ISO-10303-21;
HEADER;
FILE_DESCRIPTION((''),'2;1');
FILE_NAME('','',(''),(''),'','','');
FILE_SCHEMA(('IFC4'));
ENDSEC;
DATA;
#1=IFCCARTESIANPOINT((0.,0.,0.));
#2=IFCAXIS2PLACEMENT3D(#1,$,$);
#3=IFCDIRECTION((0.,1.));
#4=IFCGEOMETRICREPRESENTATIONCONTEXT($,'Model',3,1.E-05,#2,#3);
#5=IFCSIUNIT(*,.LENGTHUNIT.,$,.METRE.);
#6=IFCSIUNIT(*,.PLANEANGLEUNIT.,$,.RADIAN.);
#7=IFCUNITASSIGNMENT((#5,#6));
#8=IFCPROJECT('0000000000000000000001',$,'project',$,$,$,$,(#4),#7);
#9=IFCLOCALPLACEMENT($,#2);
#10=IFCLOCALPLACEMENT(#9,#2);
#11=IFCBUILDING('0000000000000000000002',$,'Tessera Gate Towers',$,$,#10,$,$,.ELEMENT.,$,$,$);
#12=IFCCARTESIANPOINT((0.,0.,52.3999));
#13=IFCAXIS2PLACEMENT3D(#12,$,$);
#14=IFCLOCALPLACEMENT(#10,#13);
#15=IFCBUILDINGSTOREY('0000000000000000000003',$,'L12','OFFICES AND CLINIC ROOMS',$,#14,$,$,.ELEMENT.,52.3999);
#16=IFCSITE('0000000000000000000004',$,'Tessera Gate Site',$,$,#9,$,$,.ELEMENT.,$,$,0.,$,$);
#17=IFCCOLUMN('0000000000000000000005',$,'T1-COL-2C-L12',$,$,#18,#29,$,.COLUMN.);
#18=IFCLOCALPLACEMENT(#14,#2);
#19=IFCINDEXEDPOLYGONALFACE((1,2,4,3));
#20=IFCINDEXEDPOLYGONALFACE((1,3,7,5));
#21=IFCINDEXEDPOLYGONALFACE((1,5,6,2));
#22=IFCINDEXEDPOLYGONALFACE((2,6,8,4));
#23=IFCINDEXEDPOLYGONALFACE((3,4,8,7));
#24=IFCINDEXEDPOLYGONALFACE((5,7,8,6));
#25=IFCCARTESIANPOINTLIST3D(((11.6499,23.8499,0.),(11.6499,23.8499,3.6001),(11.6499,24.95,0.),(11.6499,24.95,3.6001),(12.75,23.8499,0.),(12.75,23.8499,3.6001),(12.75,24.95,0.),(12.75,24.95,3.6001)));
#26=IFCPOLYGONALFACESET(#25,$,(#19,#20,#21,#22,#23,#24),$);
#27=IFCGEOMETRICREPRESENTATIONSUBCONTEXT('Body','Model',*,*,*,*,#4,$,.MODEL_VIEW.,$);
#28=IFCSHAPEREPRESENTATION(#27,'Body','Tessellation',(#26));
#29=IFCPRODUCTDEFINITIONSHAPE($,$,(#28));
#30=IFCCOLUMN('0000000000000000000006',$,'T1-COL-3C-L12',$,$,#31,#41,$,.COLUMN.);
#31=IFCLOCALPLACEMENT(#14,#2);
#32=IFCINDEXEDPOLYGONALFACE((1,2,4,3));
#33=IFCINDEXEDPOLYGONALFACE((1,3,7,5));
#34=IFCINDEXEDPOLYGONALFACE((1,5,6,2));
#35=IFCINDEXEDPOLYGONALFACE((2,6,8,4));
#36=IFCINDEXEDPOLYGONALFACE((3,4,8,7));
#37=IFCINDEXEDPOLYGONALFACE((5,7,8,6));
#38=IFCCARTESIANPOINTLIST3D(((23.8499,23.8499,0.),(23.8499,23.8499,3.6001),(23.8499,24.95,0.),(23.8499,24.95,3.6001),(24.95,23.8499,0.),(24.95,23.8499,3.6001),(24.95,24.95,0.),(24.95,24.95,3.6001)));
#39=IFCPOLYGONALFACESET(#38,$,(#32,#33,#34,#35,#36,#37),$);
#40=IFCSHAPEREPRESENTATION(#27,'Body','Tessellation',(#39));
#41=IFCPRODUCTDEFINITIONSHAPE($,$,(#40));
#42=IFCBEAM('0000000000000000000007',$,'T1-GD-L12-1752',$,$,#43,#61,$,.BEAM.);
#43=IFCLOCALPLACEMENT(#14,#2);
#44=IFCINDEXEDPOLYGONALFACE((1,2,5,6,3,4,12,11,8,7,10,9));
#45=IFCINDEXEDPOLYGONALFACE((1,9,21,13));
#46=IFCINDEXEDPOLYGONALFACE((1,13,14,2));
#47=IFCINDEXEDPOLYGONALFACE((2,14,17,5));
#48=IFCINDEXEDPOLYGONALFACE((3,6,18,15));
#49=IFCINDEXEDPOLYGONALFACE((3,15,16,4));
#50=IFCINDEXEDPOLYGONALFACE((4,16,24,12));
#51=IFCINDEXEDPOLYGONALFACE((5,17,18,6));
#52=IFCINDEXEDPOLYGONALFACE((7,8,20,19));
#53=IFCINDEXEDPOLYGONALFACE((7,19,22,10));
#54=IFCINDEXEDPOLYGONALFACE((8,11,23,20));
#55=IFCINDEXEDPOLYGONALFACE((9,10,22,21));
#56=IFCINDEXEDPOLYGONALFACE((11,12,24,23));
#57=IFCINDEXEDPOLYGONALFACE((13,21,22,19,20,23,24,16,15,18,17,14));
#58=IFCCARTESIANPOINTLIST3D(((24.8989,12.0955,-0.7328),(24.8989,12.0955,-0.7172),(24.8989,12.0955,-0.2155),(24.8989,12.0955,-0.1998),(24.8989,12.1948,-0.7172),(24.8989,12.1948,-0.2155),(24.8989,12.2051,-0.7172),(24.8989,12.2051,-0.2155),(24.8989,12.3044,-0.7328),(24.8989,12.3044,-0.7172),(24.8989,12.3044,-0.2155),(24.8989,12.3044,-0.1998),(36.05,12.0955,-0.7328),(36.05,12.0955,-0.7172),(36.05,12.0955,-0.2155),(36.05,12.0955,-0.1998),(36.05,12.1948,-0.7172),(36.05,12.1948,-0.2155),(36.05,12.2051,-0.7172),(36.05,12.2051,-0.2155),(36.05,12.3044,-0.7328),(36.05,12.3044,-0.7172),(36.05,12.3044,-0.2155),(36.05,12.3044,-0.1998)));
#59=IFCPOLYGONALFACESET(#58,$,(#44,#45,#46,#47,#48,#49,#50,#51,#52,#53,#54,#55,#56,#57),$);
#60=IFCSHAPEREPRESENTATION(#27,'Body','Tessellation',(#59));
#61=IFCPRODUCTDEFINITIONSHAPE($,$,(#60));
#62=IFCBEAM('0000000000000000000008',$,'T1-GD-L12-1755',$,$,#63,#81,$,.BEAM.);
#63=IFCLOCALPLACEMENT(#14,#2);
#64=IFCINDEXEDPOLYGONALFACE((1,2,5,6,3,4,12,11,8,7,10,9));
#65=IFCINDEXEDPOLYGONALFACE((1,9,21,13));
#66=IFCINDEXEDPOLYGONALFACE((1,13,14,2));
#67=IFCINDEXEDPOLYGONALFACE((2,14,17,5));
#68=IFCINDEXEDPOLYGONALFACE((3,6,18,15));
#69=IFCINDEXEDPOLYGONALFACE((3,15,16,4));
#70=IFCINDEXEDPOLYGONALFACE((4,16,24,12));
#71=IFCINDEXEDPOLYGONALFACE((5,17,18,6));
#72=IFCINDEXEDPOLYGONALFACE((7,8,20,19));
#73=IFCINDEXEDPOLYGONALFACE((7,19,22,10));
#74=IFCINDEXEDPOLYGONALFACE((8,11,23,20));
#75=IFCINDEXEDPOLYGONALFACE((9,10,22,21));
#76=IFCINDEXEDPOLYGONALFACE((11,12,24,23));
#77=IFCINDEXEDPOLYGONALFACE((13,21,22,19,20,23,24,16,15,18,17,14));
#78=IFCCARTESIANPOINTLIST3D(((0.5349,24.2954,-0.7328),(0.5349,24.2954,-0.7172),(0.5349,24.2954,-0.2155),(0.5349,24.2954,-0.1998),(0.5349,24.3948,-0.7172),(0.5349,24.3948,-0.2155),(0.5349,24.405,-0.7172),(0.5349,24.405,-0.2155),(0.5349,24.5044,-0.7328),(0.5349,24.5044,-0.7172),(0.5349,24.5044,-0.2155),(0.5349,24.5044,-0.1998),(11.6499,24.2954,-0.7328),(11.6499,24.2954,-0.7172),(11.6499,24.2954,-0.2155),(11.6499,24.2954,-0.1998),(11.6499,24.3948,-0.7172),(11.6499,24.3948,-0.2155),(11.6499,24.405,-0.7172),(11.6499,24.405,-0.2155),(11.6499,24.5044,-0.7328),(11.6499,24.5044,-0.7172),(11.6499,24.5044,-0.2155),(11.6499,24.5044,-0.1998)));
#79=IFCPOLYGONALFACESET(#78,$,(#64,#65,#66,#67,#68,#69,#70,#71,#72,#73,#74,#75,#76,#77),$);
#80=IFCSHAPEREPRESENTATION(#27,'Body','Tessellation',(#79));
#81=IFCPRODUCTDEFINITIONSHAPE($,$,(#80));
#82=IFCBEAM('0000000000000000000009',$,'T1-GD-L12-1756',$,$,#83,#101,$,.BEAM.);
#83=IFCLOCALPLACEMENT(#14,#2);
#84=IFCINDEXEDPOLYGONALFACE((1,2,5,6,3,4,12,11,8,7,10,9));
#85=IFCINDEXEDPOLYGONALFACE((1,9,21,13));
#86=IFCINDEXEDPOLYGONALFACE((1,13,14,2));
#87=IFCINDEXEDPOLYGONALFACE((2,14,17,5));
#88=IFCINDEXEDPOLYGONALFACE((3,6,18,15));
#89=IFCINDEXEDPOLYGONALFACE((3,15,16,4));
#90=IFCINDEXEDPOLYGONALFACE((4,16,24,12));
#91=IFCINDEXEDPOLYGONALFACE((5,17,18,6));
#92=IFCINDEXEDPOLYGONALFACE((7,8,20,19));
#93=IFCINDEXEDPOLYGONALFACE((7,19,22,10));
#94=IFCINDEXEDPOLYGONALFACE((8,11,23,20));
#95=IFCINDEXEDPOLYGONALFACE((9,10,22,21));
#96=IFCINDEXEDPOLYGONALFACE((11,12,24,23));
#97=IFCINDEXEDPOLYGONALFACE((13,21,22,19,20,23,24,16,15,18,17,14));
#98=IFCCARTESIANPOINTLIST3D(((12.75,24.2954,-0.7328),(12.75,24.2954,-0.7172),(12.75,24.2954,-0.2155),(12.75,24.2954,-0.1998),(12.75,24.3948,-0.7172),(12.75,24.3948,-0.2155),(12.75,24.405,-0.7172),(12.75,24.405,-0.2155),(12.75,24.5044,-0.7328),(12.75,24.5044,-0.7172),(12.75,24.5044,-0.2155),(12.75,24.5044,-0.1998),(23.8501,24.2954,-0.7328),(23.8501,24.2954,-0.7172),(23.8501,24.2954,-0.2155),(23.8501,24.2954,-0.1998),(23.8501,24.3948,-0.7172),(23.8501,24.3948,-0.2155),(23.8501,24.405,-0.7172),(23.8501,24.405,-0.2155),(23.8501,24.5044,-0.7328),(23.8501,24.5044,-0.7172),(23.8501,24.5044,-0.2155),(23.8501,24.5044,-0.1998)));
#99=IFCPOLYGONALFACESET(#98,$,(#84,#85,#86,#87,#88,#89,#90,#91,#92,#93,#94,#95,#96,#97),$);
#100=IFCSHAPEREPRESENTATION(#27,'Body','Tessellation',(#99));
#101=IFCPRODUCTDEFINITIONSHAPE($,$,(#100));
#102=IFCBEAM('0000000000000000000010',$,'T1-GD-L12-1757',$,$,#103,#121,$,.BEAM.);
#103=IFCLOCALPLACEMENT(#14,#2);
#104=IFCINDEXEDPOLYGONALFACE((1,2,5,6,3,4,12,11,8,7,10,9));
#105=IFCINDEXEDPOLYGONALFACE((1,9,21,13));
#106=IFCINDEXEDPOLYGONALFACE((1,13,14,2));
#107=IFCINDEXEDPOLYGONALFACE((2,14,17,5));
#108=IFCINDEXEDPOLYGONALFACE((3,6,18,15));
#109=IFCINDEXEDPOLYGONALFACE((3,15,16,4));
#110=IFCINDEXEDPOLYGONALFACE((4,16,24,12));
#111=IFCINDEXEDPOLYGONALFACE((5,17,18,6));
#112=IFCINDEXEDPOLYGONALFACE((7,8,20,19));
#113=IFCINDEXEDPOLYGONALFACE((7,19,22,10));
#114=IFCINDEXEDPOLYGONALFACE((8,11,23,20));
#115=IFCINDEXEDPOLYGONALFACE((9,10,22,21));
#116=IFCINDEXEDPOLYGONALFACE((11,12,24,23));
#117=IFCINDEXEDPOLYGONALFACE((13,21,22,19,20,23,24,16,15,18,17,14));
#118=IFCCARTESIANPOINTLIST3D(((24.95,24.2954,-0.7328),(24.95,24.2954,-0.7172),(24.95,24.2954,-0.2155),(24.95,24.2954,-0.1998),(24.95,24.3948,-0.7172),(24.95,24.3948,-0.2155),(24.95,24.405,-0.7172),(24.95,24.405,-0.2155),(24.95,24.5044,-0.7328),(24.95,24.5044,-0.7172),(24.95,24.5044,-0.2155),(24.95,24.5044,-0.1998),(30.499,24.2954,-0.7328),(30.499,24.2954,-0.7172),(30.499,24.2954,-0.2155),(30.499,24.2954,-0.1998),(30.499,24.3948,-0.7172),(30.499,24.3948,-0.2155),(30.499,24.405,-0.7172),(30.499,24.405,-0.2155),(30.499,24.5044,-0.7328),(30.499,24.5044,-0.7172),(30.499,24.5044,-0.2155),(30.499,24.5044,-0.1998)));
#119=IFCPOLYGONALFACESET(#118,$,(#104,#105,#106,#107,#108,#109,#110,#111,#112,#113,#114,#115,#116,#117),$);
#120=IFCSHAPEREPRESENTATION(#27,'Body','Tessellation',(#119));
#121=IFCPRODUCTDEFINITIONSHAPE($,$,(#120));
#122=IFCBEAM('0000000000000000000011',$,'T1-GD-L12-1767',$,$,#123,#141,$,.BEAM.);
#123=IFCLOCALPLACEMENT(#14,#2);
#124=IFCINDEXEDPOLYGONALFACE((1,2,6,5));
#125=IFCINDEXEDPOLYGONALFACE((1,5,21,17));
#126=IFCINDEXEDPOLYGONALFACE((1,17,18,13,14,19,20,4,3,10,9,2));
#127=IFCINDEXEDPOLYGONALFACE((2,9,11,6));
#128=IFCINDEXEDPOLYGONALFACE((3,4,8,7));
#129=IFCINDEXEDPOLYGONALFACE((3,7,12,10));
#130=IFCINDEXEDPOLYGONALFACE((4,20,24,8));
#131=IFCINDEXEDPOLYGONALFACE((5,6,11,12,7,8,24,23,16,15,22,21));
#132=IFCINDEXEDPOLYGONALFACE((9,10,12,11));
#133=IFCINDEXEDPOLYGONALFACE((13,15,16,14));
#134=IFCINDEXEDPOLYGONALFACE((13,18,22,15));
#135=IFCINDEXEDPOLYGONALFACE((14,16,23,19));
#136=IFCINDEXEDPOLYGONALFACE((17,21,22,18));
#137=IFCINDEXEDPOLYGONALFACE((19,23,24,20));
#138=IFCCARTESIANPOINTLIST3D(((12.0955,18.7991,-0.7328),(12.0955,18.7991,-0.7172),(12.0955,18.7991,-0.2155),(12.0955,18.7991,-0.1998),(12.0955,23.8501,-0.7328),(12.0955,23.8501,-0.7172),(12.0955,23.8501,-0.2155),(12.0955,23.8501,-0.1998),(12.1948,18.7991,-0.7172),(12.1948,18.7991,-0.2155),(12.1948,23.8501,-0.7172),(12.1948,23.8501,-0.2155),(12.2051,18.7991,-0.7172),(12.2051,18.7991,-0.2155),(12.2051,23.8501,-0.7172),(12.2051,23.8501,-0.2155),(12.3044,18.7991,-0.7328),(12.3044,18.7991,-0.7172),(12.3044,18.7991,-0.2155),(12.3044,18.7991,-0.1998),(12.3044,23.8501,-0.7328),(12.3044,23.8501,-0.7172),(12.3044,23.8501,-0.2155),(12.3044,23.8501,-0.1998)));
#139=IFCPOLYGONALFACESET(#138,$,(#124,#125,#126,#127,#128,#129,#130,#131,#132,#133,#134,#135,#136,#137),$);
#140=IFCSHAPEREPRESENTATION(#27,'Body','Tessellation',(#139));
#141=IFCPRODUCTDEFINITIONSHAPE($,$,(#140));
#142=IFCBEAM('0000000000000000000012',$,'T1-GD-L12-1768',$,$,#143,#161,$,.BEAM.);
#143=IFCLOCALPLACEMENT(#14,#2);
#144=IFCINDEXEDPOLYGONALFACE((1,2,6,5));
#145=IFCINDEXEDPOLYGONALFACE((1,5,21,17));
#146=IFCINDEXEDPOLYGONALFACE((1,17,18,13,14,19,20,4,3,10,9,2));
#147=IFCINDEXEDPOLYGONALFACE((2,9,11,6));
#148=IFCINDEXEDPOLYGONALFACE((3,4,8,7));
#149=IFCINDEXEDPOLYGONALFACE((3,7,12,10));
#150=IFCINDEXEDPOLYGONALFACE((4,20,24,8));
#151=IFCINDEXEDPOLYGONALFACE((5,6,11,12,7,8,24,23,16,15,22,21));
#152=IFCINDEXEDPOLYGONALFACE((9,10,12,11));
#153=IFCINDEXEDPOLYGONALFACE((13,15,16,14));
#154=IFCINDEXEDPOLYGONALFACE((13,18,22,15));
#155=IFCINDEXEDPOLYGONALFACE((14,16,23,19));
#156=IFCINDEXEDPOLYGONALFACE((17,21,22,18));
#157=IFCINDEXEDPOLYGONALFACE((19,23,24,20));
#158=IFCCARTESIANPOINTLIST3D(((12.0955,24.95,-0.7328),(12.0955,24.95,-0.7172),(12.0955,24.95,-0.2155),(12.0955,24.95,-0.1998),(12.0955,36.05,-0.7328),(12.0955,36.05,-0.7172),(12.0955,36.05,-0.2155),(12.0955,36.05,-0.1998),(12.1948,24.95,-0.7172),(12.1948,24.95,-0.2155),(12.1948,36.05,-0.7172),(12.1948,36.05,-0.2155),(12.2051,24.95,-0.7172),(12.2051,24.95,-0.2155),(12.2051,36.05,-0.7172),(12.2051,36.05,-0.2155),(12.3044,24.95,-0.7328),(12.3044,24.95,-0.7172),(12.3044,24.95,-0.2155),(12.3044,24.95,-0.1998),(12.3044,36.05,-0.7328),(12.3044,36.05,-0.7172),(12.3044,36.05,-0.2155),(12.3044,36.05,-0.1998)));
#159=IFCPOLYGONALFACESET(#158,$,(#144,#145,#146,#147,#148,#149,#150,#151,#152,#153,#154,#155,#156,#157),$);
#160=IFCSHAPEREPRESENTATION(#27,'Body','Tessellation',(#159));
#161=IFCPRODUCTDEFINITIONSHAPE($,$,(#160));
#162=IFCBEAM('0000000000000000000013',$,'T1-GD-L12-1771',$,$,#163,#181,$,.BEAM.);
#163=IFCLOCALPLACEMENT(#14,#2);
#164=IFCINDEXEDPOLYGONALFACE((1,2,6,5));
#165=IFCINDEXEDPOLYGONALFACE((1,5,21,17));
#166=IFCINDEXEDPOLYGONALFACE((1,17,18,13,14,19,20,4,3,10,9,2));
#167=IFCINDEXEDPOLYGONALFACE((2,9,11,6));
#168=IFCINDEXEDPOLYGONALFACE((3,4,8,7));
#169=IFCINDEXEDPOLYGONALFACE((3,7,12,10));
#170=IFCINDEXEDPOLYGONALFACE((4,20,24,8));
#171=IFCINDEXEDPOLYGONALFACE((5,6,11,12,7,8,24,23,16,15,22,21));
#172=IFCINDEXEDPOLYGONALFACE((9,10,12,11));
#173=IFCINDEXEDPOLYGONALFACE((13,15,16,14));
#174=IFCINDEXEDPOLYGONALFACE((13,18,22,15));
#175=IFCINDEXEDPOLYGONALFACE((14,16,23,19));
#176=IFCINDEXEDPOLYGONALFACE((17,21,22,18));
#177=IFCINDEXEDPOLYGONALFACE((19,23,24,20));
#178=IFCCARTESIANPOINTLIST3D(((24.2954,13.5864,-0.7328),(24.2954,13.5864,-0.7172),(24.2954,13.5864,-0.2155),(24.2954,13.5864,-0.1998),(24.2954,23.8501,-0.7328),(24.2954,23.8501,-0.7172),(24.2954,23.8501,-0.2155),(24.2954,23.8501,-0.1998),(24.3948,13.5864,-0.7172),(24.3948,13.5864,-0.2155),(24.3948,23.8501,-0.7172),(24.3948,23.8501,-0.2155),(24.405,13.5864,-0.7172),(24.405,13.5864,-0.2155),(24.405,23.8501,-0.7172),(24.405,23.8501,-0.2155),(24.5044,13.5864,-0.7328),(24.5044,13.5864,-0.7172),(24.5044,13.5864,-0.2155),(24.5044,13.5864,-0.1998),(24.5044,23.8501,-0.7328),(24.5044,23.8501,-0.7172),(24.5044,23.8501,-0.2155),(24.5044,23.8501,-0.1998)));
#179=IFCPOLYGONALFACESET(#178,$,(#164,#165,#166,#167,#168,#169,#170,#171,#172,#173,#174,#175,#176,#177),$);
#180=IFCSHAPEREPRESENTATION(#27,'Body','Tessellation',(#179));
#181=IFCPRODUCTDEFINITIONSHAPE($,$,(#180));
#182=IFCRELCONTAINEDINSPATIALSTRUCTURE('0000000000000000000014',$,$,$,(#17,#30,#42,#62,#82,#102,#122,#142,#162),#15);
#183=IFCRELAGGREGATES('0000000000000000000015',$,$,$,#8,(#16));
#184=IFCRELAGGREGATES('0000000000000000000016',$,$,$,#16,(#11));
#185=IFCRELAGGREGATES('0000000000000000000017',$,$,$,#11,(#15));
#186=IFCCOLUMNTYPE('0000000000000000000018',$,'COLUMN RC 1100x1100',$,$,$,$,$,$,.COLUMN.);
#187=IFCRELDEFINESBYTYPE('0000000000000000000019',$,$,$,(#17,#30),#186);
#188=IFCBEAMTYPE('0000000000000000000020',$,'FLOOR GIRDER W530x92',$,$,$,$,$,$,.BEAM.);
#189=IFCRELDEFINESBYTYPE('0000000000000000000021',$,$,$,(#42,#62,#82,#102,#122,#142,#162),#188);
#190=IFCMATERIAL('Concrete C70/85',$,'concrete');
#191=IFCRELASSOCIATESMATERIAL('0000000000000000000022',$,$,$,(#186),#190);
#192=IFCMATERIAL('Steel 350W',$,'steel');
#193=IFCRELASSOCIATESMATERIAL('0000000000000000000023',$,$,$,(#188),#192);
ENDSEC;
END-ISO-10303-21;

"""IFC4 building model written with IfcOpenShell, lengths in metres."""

from ifc_helpers import new_model, si_unit, direction, frame, origin, origin_2d, place, context, subcontext, project, spatial, rectangle, i_section, extrude, material, material_profile, profile_set, type_object, element, save


model = new_model("IFC4")

# Units and contexts
model_context = context("Model", 3, precision=1e-05, world=origin(), true_north=direction((0.0, 1.0)))
body_context = subcontext(model_context, "Body", "Model", "MODEL_VIEW")
ifc_project = project(units=[si_unit("LENGTHUNIT", "METRE"), si_unit("PLANEANGLEUNIT", "RADIAN")], contexts=[model_context])

# Site, building, storey
site_placement = place(None, origin())
site = spatial("IfcSite", under=ifc_project, at=site_placement, Name="Tessera Gate Site", CompositionType="ELEMENT", RefElevation=0.0)
building_placement = place(site_placement, origin())
building = spatial("IfcBuilding", under=site, at=building_placement, Name="Tessera Gate Towers", CompositionType="ELEMENT")
storey_placement = place(building_placement, frame((0.0, 0.0, 52.3999)))
storey = spatial("IfcBuildingStorey", under=building, at=storey_placement, Name="L12", Description="OFFICES AND CLINIC ROOMS", CompositionType="ELEMENT", Elevation=52.3999)

# Columns
ifc_material_1 = material(Name="Concrete C70/85", Category="concrete")
ifc_material_profile_1 = material_profile(ifc_material_1, rectangle(XDim=1.1001, YDim=1.1001, at=origin_2d()), Name="RC 1100x1100")
ifc_profile_set_1 = profile_set([ifc_material_profile_1], Name="Concrete C70/85")
column_type = type_object("IfcColumnType", Name="COLUMN RC 1100x1100", PredefinedType="COLUMN", material=ifc_profile_set_1)
for number, where, z_axis, x_axis, name in (
    (1, (12.2, 24.3999, 0.0), (0.0, 0.0, 1.0), (1.0, 0.0, 0.0), "T1-COL-2C-L12"),
    (2, (24.3999, 24.3999, 0.0), (0.0, 0.0, 1.0), (1.0, 0.0, 0.0), "T1-COL-3C-L12"),
):
    element("IfcColumn", number, at=place(storey_placement, frame(where, z_axis=z_axis, x_axis=x_axis)), inside=storey, type_object=column_type, Name=name, PredefinedType="COLUMN", context=body_context, shape_type="SweptSolid", body=[
        extrude(rectangle(XDim=1.1001, YDim=1.1001, at=origin_2d()), origin(), (0.0, 0.0, 1.0), 3.6001),
    ])

# Beams
ifc_material_2 = material(Name="Steel 350W", Category="steel")
ifc_material_profile_2 = material_profile(ifc_material_2, i_section(OverallWidth=0.209, OverallDepth=0.533, WebThickness=0.0103, FlangeThickness=0.0156, at=origin_2d()), Name="W530x92")
ifc_profile_set_2 = profile_set([ifc_material_profile_2], Name="Steel 350W")
beam_type_1 = type_object("IfcBeamType", Name="FLOOR GIRDER W530x92", PredefinedType="BEAM", material=ifc_profile_set_2)
beam_1_placement = place(storey_placement, frame((24.8989, 12.2, -0.4663), z_axis=(1.0, 0.0, 0.0), x_axis=(0.0, 1.0, 0.0)))
element("IfcBeam", 3, at=beam_1_placement, inside=storey, type_object=beam_type_1, Name="T1-GD-L12-1752", PredefinedType="BEAM", context=body_context, shape_type="SweptSolid", body=[
    extrude(i_section(OverallWidth=0.209, OverallDepth=0.533, WebThickness=0.0103, FlangeThickness=0.0156, at=origin_2d()), origin(), (0.0, 0.0, 1.0), 11.1511),
])
beam_2_placement = place(storey_placement, frame((0.5349, 24.3999, -0.4663), z_axis=(1.0, 0.0, 0.0), x_axis=(0.0, 1.0, 0.0)))
element("IfcBeam", 4, at=beam_2_placement, inside=storey, type_object=beam_type_1, Name="T1-GD-L12-1755", PredefinedType="BEAM", context=body_context, shape_type="SweptSolid", body=[
    extrude(i_section(OverallWidth=0.209, OverallDepth=0.533, WebThickness=0.0103, FlangeThickness=0.0156, at=origin_2d()), origin(), (0.0, 0.0, 1.0), 11.115),
])
beam_3_placement = place(storey_placement, frame((12.75, 24.3999, -0.4663), z_axis=(1.0, 0.0, 0.0), x_axis=(0.0, 1.0, 0.0)))
element("IfcBeam", 5, at=beam_3_placement, inside=storey, type_object=beam_type_1, Name="T1-GD-L12-1756", PredefinedType="BEAM", context=body_context, shape_type="SweptSolid", body=[
    extrude(i_section(OverallWidth=0.209, OverallDepth=0.533, WebThickness=0.0103, FlangeThickness=0.0156, at=origin_2d()), origin(), (0.0, 0.0, 1.0), 11.1001),
])
beam_4_placement = place(storey_placement, frame((24.95, 24.3999, -0.4663), z_axis=(1.0, 0.0, 0.0), x_axis=(0.0, 1.0, 0.0)))
element("IfcBeam", 6, at=beam_4_placement, inside=storey, type_object=beam_type_1, Name="T1-GD-L12-1757", PredefinedType="BEAM", context=body_context, shape_type="SweptSolid", body=[
    extrude(i_section(OverallWidth=0.209, OverallDepth=0.533, WebThickness=0.0103, FlangeThickness=0.0156, at=origin_2d()), origin(), (0.0, 0.0, 1.0), 5.5491),
])
beam_5_placement = place(storey_placement, frame((12.2, 18.7991, -0.4663), z_axis=(0.0, 1.0, 0.0), x_axis=(-1.0, 0.0, 0.0)))
element("IfcBeam", 7, at=beam_5_placement, inside=storey, type_object=beam_type_1, Name="T1-GD-L12-1767", PredefinedType="BEAM", context=body_context, shape_type="SweptSolid", body=[
    extrude(i_section(OverallWidth=0.209, OverallDepth=0.533, WebThickness=0.0103, FlangeThickness=0.0156, at=origin_2d()), origin(), (0.0, 0.0, 1.0), 5.051),
])
beam_6_placement = place(storey_placement, frame((12.2, 24.95, -0.4663), z_axis=(0.0, 1.0, 0.0), x_axis=(-1.0, 0.0, 0.0)))
element("IfcBeam", 8, at=beam_6_placement, inside=storey, type_object=beam_type_1, Name="T1-GD-L12-1768", PredefinedType="BEAM", context=body_context, shape_type="SweptSolid", body=[
    extrude(i_section(OverallWidth=0.209, OverallDepth=0.533, WebThickness=0.0103, FlangeThickness=0.0156, at=origin_2d()), origin(), (0.0, 0.0, 1.0), 11.1001),
])
beam_7_placement = place(storey_placement, frame((24.3999, 13.5864, -0.4663), z_axis=(0.0, 1.0, 0.0), x_axis=(-1.0, 0.0, 0.0)))
element("IfcBeam", 9, at=beam_7_placement, inside=storey, type_object=beam_type_1, Name="T1-GD-L12-1771", PredefinedType="BEAM", context=body_context, shape_type="SweptSolid", body=[
    extrude(i_section(OverallWidth=0.209, OverallDepth=0.533, WebThickness=0.0103, FlangeThickness=0.0156, at=origin_2d()), origin(), (0.0, 0.0, 1.0), 10.2637),
])

save(model, "model.ifc")
